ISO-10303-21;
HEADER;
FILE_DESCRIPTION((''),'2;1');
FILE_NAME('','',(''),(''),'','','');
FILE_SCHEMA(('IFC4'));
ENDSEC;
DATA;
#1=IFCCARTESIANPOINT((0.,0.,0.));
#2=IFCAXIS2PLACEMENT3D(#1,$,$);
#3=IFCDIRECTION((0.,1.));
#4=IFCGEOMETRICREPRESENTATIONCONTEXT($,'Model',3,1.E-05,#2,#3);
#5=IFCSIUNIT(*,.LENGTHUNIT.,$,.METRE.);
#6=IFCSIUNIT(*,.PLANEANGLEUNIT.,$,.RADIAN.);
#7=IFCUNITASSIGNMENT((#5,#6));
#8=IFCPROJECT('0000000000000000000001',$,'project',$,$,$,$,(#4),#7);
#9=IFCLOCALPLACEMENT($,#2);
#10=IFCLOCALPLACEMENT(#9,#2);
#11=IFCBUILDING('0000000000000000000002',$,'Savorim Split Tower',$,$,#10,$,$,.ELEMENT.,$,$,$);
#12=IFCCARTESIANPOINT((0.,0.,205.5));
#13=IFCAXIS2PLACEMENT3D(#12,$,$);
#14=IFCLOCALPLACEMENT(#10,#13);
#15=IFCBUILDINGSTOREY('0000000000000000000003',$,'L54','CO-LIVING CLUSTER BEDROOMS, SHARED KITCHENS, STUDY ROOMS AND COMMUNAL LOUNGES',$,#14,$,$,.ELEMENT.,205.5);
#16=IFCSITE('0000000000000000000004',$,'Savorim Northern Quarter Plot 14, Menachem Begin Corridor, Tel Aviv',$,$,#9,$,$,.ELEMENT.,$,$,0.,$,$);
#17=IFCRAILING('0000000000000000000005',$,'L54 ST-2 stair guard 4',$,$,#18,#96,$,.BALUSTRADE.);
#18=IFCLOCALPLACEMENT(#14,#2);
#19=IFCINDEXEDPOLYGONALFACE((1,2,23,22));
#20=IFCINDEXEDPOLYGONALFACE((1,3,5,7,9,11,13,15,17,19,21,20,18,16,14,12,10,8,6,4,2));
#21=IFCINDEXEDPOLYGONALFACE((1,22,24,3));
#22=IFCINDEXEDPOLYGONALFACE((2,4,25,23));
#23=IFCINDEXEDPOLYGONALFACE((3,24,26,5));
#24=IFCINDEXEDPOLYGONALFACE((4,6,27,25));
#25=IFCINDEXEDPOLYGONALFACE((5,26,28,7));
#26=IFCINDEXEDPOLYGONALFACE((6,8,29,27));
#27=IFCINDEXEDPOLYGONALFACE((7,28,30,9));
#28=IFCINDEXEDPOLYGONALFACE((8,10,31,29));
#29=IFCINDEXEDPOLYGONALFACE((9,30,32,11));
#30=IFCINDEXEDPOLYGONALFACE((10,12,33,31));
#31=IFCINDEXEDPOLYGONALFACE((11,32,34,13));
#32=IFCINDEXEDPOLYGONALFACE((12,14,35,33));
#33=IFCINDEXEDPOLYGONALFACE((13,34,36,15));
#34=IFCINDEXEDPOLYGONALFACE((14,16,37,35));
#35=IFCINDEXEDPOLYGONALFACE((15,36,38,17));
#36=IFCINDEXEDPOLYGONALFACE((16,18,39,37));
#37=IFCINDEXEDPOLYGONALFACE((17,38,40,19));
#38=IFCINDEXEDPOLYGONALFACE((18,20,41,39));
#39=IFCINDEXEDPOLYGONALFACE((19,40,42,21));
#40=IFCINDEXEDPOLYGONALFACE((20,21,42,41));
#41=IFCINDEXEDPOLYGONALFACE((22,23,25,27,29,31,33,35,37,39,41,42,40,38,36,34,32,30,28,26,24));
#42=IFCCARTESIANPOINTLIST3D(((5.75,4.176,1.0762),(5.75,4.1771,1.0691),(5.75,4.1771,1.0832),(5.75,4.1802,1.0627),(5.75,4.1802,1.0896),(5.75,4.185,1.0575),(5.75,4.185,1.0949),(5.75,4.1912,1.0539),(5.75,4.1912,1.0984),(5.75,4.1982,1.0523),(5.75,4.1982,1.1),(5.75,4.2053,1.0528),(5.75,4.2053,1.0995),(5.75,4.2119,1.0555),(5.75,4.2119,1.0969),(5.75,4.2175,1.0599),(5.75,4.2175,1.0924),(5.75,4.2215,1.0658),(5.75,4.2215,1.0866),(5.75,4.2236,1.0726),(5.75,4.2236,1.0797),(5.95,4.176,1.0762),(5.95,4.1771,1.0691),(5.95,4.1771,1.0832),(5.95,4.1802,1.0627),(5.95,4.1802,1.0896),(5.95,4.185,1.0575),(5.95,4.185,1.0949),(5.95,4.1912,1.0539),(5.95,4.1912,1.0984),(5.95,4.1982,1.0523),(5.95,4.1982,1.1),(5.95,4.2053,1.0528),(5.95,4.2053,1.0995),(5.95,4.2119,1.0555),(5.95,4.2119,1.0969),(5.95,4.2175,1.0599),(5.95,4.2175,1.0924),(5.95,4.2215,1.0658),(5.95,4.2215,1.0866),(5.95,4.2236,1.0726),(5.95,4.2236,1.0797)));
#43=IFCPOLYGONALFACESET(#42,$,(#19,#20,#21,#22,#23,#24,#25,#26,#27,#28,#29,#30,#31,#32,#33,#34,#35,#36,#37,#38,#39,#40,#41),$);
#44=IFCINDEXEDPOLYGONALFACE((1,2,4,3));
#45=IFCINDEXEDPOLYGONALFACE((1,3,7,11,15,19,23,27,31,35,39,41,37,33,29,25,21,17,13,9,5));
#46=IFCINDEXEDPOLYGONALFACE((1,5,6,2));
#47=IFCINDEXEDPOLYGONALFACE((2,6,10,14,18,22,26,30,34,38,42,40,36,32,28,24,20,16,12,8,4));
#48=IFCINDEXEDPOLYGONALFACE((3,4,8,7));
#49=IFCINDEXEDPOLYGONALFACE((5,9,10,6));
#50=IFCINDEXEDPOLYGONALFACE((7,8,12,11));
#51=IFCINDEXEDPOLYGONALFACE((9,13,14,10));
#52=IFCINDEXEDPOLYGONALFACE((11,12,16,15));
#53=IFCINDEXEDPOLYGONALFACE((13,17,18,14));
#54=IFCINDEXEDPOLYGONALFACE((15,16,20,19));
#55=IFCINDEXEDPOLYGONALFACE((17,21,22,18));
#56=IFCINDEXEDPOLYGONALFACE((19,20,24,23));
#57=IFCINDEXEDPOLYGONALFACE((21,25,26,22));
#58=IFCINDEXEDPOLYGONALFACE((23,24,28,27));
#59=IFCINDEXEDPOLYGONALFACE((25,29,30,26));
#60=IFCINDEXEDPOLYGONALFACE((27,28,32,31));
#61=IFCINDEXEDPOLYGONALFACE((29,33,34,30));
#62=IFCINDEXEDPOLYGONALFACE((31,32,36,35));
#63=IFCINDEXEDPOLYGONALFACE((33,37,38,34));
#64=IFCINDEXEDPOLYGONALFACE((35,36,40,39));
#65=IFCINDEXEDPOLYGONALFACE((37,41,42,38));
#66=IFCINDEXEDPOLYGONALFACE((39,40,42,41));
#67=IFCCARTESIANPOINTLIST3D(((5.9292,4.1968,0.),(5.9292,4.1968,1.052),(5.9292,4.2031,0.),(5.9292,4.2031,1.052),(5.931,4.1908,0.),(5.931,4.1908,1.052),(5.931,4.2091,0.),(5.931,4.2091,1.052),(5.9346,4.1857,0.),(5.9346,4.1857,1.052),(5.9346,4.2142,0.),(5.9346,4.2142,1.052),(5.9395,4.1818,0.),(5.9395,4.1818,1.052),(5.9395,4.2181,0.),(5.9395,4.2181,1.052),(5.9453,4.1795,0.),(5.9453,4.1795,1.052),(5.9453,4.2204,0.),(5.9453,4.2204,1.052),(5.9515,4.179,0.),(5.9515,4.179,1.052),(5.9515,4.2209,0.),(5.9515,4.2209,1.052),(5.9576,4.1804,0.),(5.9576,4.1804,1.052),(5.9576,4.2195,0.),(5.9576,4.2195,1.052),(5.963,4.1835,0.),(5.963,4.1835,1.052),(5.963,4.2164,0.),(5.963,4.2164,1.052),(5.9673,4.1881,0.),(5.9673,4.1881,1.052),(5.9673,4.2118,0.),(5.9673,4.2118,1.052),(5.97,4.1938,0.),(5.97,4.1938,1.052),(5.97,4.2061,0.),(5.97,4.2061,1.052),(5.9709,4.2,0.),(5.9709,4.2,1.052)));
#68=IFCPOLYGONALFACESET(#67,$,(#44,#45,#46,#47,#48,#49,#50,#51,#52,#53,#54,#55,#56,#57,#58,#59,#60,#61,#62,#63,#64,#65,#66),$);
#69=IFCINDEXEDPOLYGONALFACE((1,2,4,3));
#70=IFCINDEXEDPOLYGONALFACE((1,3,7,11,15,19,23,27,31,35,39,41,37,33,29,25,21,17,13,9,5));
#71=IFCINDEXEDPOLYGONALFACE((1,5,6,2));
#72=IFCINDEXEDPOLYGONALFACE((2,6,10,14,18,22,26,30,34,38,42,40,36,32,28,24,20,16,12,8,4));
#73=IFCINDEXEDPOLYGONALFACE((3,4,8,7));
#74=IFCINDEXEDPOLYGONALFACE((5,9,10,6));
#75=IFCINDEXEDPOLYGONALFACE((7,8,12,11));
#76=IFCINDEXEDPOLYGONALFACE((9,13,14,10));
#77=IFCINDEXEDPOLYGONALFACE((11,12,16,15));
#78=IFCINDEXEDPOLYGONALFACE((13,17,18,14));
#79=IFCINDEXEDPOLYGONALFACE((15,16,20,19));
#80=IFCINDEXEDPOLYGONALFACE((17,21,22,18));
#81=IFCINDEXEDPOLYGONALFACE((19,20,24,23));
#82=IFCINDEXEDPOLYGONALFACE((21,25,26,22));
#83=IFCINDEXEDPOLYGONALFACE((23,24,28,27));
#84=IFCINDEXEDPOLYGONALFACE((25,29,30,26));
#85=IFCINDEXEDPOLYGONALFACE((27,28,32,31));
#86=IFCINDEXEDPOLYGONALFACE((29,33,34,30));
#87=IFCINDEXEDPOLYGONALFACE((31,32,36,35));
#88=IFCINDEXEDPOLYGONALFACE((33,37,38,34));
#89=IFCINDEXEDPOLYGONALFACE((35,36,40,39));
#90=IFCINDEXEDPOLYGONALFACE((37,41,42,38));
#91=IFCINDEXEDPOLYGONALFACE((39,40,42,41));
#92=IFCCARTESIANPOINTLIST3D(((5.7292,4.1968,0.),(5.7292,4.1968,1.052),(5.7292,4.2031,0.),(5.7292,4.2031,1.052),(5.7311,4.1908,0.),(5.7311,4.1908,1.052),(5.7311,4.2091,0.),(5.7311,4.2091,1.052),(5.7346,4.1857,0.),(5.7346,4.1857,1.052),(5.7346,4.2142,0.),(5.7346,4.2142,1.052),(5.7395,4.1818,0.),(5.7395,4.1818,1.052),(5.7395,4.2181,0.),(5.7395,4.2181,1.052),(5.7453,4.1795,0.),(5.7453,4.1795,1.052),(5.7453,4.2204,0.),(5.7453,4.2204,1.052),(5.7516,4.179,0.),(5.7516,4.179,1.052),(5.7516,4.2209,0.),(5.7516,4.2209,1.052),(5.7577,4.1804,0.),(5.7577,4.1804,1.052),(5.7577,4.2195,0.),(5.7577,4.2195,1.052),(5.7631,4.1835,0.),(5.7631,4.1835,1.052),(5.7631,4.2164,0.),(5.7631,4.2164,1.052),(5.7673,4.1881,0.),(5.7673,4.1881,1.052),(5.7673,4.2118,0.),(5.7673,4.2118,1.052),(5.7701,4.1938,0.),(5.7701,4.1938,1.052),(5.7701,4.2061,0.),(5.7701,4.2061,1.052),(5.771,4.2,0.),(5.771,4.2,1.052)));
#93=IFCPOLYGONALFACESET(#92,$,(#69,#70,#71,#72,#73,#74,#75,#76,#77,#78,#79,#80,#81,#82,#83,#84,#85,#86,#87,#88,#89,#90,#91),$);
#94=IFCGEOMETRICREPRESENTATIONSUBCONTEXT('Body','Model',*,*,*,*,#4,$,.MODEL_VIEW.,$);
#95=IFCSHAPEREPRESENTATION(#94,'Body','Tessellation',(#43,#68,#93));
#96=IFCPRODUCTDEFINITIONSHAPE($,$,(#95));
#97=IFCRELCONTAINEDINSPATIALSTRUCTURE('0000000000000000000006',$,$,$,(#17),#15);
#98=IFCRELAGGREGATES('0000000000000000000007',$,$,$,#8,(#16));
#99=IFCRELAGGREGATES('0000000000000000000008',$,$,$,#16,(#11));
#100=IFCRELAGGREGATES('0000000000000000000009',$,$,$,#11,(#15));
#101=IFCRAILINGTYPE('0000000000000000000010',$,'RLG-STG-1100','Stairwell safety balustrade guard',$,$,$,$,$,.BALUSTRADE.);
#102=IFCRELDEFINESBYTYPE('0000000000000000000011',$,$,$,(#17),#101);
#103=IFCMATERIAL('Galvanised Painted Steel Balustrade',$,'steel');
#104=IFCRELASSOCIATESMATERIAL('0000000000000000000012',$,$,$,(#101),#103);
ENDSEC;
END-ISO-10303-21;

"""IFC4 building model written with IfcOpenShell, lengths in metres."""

from ifc_helpers import new_model, si_unit, direction, frame, origin, origin_2d, place, context, subcontext, project, spatial, circle, extrude, material, type_object, element, save


model = new_model("IFC4")

# Units and contexts
model_context = context("Model", 3, precision=1e-05, world=origin(), true_north=direction((0.0, 1.0)))
body_context = subcontext(model_context, "Body", "Model", "MODEL_VIEW")
ifc_project = project(units=[si_unit("LENGTHUNIT", "METRE"), si_unit("PLANEANGLEUNIT", "RADIAN")], contexts=[model_context])

# Site, building, storey
site_placement = place(None, origin())
site = spatial("IfcSite", under=ifc_project, at=site_placement, Name="Savorim Northern Quarter Plot 14, Menachem Begin Corridor, Tel Aviv", CompositionType="ELEMENT", RefElevation=0.0)
building_placement = place(site_placement, origin())
building = spatial("IfcBuilding", under=site, at=building_placement, Name="Savorim Split Tower", CompositionType="ELEMENT")
storey_placement = place(building_placement, frame((0.0, 0.0, 205.5)))
storey = spatial("IfcBuildingStorey", under=building, at=storey_placement, Name="L54", Description="CO-LIVING CLUSTER BEDROOMS, SHARED KITCHENS, STUDY ROOMS AND COMMUNAL LOUNGES", CompositionType="ELEMENT", Elevation=205.5)

# Railing
ifc_material_1 = material(Name="Galvanised Painted Steel Balustrade", Category="steel")
railing_type_1 = type_object("IfcRailingType", Name="RLG-STG-1100", Description="Stairwell safety balustrade guard", PredefinedType="BALUSTRADE", material=ifc_material_1)
railing_1_placement = place(storey_placement, frame((5.95, 4.2, 0.0)))
element("IfcRailing", 1, at=railing_1_placement, inside=storey, type_object=railing_type_1, Name="L54 ST-2 stair guard 4", PredefinedType="BALUSTRADE", context=body_context, shape_type="SweptSolid", body=[
    extrude(circle(Radius=0.0239, at=origin_2d()), frame((0.0, 0.0, 1.0762), z_axis=(-1.0, 0.0, 0.0), x_axis=(0.0, -1.0, 0.0)), (0.0, 0.0, 1.0), 0.2),
    extrude(circle(Radius=0.021, at=origin_2d()), origin(), (0.0, 0.0, 1.0), 1.052),
    extrude(circle(Radius=0.021, at=origin_2d()), frame((-0.2, 0.0, 0.0)), (0.0, 0.0, 1.0), 1.052),
])

save(model, "model.ifc")
